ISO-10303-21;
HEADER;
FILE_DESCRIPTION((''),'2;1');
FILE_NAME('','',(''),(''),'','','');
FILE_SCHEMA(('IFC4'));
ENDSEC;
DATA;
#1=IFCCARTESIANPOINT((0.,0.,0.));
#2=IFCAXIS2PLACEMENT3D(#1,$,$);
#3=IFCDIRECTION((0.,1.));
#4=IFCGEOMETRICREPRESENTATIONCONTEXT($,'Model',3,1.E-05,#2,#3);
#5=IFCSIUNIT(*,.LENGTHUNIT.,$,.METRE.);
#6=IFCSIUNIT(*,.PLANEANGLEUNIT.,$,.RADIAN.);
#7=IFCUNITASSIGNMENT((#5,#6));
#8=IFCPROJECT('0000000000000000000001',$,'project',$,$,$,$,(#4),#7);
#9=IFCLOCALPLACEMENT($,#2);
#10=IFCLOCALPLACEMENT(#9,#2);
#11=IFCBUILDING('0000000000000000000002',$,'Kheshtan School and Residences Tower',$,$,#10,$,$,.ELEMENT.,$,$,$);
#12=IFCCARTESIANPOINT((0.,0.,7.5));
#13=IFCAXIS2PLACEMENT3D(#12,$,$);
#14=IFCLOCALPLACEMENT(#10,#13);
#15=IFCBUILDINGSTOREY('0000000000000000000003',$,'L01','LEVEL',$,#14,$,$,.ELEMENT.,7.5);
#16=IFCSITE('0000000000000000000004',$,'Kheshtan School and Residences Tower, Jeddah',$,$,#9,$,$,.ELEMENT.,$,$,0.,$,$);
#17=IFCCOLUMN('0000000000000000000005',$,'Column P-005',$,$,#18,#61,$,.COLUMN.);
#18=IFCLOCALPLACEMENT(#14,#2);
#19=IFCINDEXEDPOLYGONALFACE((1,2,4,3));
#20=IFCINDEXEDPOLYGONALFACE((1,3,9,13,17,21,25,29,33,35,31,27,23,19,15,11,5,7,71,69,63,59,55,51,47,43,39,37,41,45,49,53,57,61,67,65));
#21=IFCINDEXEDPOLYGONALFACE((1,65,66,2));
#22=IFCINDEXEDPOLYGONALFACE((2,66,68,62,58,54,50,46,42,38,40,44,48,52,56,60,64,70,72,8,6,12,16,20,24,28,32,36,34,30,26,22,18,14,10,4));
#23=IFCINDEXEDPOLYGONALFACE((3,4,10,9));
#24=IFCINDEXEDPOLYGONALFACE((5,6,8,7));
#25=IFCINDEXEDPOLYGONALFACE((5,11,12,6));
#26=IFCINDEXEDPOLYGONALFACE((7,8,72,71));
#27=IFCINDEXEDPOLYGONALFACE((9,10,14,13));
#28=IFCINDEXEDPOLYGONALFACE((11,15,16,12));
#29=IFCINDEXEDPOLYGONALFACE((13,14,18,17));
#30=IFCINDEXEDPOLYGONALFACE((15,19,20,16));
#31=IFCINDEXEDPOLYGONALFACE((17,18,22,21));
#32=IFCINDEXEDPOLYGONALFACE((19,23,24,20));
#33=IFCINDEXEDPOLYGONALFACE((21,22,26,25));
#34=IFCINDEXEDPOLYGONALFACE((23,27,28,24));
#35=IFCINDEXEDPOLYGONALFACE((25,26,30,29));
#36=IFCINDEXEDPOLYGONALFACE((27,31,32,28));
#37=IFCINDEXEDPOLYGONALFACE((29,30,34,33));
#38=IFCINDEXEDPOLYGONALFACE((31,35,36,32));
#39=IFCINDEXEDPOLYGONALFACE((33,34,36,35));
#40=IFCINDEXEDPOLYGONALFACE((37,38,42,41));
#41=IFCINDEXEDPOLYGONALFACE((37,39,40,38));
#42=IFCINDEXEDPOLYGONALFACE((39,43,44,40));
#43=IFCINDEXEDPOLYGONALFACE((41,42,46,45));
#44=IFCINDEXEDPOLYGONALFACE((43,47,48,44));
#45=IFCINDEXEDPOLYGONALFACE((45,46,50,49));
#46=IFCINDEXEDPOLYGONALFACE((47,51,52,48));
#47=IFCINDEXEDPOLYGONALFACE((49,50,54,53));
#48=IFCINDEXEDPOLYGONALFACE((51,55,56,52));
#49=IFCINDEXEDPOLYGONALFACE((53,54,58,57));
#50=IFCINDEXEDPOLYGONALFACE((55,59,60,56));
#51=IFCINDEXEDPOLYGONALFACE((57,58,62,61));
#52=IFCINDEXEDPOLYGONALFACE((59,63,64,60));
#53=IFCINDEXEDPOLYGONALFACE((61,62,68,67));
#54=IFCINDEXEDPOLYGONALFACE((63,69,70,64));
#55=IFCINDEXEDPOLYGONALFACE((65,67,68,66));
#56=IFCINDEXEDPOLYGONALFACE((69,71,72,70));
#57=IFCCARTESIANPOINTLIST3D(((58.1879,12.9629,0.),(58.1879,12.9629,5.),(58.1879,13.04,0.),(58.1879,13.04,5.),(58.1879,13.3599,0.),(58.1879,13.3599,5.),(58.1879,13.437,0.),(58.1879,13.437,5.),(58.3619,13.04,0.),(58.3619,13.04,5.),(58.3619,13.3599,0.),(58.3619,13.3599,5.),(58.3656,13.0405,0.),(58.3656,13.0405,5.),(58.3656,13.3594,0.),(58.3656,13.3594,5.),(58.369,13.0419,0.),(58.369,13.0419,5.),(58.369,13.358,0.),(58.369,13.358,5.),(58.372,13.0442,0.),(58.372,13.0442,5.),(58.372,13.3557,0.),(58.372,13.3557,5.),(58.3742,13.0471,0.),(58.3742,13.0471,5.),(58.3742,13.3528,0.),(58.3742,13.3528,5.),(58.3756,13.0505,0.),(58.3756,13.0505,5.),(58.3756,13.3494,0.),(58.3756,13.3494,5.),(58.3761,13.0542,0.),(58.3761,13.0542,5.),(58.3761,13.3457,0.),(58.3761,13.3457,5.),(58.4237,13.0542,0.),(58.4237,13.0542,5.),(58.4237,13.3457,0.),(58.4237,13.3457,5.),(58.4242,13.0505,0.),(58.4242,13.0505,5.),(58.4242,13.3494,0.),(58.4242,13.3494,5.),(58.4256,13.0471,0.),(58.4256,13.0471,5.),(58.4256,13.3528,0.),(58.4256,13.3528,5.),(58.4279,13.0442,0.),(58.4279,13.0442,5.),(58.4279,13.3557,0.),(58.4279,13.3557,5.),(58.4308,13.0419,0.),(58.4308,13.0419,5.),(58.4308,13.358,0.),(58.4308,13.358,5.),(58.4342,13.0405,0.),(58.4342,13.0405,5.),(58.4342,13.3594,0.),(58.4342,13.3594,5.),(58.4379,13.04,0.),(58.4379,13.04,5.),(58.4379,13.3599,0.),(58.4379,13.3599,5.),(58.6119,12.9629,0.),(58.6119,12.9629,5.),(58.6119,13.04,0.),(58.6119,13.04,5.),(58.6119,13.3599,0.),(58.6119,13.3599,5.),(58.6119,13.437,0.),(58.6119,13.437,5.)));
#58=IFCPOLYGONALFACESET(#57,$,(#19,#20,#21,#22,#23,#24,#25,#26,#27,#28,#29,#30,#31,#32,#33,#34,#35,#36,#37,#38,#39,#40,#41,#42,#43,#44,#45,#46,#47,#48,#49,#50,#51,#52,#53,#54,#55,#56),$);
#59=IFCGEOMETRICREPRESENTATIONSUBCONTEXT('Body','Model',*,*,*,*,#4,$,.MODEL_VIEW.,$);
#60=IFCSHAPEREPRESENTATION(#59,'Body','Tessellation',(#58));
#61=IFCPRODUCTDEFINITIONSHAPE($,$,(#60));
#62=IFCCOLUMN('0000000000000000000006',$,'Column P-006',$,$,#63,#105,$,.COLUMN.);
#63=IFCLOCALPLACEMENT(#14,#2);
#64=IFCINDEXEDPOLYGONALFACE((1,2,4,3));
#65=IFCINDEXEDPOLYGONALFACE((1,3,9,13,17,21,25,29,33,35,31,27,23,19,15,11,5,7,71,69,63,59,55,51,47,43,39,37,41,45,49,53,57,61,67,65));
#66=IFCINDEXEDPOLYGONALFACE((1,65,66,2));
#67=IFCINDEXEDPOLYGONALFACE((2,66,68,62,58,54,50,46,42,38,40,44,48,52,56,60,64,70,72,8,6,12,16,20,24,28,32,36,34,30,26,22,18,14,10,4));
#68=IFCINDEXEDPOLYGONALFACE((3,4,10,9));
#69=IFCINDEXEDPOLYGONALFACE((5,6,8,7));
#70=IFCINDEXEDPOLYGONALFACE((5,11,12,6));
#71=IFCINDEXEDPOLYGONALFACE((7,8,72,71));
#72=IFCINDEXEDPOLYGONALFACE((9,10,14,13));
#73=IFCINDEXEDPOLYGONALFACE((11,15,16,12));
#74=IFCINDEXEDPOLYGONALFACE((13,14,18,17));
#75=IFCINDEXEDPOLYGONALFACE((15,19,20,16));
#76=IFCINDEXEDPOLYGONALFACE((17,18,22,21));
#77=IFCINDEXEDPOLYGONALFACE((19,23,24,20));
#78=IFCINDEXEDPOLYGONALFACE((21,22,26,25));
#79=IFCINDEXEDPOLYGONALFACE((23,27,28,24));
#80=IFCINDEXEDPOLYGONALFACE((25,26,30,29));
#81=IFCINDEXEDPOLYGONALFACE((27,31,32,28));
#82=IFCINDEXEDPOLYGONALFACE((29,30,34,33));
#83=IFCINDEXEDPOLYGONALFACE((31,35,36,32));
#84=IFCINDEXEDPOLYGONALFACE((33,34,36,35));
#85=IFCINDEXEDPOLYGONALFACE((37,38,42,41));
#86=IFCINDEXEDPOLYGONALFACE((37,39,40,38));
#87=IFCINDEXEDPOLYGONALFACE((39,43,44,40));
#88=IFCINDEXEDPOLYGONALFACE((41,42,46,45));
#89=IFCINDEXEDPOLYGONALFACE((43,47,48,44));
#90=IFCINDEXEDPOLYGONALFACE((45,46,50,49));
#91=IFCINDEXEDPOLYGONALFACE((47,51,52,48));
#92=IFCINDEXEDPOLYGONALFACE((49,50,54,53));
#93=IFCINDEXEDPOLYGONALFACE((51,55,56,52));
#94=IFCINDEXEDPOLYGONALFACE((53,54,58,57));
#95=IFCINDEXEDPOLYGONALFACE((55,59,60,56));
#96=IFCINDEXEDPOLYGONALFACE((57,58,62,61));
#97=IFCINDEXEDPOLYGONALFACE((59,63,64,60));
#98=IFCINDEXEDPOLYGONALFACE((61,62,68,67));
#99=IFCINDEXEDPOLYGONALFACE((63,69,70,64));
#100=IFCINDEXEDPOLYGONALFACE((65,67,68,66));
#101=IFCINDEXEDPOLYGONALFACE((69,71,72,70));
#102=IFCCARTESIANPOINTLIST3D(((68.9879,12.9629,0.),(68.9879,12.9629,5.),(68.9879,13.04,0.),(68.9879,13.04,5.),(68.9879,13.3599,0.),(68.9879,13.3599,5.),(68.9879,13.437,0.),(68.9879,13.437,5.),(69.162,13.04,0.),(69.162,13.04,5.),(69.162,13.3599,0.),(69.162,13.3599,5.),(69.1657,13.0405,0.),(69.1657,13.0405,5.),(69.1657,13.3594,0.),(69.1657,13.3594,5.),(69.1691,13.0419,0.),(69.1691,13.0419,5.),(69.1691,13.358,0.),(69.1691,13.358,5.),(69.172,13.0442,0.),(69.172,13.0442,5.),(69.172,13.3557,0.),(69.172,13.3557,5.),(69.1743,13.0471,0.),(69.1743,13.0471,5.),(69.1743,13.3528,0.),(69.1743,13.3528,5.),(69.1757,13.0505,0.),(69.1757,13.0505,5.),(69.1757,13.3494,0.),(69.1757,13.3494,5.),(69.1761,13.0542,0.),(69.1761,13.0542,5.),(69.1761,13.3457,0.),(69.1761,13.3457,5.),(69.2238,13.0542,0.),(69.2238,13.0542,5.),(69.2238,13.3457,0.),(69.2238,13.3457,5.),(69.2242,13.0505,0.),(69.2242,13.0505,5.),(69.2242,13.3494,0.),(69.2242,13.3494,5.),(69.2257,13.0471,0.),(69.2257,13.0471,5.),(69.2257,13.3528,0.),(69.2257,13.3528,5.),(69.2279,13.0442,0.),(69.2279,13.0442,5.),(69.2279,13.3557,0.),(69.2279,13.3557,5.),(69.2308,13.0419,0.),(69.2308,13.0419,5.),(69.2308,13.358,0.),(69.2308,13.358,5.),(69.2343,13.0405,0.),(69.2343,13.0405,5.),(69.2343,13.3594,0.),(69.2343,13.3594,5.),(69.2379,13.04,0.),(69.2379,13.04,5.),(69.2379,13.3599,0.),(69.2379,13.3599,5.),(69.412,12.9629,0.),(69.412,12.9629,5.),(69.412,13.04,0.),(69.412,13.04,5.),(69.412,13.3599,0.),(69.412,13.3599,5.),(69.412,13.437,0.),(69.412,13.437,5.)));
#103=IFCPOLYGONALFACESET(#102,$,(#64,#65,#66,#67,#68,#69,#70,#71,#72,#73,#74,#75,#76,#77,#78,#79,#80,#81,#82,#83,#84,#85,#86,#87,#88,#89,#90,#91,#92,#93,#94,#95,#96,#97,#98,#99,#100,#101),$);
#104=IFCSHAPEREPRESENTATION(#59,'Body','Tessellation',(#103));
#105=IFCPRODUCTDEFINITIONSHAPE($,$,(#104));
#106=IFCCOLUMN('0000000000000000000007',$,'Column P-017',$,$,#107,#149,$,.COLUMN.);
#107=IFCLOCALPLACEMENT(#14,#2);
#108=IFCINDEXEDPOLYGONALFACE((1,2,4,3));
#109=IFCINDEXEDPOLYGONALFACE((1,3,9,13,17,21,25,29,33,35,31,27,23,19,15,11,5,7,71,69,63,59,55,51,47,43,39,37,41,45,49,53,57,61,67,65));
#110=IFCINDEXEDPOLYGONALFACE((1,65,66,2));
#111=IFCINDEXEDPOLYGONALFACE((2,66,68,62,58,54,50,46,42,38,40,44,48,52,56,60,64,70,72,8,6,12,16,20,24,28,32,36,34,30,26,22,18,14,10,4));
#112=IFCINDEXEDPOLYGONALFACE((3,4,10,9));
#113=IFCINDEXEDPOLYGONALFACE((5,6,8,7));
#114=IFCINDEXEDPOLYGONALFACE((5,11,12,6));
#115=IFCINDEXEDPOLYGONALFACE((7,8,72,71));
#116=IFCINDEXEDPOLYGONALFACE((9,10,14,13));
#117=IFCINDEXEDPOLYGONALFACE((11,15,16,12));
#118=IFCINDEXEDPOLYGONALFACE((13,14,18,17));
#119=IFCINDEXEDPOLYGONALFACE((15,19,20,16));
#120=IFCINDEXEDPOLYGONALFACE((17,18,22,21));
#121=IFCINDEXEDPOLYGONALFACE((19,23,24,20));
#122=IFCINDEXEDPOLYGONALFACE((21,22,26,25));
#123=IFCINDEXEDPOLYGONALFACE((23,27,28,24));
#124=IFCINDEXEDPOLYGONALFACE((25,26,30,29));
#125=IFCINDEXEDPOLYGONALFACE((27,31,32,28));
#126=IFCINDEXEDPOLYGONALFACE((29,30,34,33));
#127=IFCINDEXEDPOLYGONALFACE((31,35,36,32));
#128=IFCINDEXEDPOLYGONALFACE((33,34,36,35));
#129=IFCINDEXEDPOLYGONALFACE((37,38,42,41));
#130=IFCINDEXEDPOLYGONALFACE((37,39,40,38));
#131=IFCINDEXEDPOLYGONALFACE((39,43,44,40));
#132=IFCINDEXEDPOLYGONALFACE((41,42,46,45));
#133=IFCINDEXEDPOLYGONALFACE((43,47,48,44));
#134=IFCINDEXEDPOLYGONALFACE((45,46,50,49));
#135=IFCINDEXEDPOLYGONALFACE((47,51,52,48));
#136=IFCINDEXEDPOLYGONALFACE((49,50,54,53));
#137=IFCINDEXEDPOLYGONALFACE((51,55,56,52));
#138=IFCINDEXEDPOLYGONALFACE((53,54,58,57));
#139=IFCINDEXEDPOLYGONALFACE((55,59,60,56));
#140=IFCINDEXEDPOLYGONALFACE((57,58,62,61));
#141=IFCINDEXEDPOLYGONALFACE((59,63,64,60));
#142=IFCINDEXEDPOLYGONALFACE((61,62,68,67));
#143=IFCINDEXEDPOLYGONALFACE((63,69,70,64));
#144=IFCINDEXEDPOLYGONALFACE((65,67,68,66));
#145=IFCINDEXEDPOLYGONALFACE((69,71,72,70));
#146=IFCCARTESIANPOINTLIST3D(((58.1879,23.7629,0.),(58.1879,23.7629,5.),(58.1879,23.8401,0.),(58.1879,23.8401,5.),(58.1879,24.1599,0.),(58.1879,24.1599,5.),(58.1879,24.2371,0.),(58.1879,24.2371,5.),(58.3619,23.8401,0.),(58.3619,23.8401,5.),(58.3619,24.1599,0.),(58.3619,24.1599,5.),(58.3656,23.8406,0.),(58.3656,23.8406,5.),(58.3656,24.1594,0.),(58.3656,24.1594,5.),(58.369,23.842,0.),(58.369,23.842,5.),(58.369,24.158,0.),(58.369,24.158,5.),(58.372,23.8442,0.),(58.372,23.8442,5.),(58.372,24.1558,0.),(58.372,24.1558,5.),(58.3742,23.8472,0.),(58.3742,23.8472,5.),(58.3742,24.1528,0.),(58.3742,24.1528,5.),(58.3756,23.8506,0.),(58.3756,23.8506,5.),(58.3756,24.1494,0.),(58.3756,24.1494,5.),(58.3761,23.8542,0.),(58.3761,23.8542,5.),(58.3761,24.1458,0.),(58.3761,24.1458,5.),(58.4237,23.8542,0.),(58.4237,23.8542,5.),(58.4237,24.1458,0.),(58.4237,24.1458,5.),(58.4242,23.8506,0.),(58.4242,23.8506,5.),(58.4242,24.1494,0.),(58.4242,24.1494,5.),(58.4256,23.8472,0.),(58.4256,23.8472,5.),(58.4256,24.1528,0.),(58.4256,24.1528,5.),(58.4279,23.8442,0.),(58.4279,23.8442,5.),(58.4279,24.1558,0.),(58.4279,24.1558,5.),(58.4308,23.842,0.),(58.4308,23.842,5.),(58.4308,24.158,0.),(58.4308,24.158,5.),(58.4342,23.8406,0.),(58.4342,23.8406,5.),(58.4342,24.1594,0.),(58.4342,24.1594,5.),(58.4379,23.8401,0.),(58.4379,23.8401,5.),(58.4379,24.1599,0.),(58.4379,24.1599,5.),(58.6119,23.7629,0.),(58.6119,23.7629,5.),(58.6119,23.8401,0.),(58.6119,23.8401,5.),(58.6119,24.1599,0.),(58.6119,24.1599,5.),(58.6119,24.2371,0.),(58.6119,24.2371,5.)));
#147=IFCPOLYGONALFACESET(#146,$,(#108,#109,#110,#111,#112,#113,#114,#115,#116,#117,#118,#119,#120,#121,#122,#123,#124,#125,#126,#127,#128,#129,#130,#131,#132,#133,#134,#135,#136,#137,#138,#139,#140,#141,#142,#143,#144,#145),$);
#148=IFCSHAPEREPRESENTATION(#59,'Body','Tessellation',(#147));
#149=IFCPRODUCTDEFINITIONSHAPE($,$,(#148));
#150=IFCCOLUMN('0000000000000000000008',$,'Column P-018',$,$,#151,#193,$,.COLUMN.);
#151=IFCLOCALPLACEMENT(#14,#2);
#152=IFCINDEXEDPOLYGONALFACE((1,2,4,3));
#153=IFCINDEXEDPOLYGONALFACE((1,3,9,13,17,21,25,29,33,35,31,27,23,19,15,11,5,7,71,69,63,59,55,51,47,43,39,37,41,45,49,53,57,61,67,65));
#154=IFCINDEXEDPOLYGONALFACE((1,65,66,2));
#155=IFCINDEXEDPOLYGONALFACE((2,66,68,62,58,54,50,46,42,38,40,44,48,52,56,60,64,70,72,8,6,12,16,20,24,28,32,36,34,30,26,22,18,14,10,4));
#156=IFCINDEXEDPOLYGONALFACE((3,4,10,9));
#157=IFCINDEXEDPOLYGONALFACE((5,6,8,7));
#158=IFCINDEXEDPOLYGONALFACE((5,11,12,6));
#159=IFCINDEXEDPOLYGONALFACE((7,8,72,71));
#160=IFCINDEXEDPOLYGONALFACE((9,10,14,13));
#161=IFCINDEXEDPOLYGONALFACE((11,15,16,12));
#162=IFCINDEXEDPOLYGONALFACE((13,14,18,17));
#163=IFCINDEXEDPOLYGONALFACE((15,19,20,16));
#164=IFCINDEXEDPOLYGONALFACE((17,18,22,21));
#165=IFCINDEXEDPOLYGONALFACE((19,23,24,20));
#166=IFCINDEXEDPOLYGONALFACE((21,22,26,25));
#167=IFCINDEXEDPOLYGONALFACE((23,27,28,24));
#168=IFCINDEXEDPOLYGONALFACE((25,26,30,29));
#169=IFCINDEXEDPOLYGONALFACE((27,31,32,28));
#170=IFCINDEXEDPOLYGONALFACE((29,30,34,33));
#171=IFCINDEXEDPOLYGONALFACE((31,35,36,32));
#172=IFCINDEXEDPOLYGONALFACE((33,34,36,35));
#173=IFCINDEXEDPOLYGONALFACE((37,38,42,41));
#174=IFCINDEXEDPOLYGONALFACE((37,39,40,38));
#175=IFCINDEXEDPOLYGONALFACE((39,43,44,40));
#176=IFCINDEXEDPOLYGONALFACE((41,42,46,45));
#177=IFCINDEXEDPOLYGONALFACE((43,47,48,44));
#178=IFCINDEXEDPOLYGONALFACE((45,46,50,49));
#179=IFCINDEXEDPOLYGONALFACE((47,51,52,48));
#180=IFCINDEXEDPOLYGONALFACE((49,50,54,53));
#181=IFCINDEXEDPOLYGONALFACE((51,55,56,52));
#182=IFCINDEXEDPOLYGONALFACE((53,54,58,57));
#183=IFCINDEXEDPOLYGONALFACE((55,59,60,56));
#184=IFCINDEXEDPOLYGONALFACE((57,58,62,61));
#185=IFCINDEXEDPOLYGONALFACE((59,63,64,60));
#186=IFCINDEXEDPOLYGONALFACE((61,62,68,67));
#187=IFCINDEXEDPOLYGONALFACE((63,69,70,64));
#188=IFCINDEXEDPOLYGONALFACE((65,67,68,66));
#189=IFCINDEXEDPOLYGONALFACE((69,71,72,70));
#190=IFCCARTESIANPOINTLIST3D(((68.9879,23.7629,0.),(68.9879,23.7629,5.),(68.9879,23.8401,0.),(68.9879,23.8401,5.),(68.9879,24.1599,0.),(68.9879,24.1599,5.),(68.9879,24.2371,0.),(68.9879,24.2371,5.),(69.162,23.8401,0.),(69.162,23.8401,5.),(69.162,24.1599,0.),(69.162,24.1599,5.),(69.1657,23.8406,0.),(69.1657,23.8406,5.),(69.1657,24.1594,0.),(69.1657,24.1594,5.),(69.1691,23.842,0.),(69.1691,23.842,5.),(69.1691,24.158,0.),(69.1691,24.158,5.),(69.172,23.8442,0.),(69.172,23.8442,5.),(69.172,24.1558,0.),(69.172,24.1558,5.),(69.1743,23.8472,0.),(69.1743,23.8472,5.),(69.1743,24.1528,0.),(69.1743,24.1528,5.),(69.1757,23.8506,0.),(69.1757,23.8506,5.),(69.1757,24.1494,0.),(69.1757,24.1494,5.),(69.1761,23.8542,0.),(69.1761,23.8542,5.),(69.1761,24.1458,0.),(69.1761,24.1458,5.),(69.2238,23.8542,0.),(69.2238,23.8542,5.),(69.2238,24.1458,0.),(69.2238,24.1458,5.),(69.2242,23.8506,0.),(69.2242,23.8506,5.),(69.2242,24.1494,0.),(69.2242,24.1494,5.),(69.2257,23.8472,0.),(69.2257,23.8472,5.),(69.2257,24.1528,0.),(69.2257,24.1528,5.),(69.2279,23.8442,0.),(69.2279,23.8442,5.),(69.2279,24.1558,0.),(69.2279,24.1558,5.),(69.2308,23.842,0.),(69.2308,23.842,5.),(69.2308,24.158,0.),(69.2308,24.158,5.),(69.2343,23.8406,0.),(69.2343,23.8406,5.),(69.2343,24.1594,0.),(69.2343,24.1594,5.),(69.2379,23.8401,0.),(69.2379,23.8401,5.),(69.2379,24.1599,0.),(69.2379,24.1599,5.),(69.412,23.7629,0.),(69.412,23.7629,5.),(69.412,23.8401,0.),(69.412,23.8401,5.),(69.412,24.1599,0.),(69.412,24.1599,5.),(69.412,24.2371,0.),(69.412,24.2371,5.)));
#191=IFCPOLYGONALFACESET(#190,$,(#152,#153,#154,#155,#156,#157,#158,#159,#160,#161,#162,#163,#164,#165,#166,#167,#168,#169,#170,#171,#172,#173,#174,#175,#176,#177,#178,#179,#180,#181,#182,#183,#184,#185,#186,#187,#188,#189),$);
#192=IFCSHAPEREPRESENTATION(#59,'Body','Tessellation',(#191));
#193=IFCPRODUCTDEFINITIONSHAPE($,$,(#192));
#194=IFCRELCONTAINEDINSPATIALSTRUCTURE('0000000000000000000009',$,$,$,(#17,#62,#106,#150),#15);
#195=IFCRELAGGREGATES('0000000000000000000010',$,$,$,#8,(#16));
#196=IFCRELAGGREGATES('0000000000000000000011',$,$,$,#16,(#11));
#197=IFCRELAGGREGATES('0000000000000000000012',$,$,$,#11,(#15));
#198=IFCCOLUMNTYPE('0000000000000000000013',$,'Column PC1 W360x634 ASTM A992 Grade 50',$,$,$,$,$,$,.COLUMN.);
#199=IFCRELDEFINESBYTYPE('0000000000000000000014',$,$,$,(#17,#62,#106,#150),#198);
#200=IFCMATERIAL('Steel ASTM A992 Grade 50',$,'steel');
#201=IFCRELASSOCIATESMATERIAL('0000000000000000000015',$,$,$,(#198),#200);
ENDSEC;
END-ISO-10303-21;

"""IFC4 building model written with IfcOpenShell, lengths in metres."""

from ifc_helpers import new_model, si_unit, direction, frame, origin, origin_2d, place, context, subcontext, project, spatial, i_section, extrude, material, material_profile, profile_set, type_object, element, save


model = new_model("IFC4")

# Units and contexts
model_context = context("Model", 3, precision=1e-05, world=origin(), true_north=direction((0.0, 1.0)))
body_context = subcontext(model_context, "Body", "Model", "MODEL_VIEW")
ifc_project = project(units=[si_unit("LENGTHUNIT", "METRE"), si_unit("PLANEANGLEUNIT", "RADIAN")], contexts=[model_context])

# Site, building, storey
site_placement = place(None, origin())
site = spatial("IfcSite", under=ifc_project, at=site_placement, Name="Kheshtan School and Residences Tower, Jeddah", CompositionType="ELEMENT", RefElevation=0.0)
building_placement = place(site_placement, origin())
building = spatial("IfcBuilding", under=site, at=building_placement, Name="Kheshtan School and Residences Tower", CompositionType="ELEMENT")
storey_placement = place(building_placement, frame((0.0, 0.0, 7.5)))
storey = spatial("IfcBuildingStorey", under=building, at=storey_placement, Name="L01", Description="LEVEL", CompositionType="ELEMENT", Elevation=7.5)

# Columns
ifc_material_1 = material(Name="Steel ASTM A992 Grade 50", Category="steel")
ifc_material_profile_1 = material_profile(ifc_material_1, i_section(OverallWidth=0.4241, OverallDepth=0.4741, WebThickness=0.0476, FlangeThickness=0.0771, FilletRadius=0.0142, at=origin_2d()), Name="W360x634")
ifc_profile_set_1 = profile_set([ifc_material_profile_1], Name="Steel ASTM A992 Grade 50")
column_type = type_object("IfcColumnType", Name="Column PC1 W360x634 ASTM A992 Grade 50", PredefinedType="COLUMN", material=ifc_profile_set_1)
for number, where, z_axis, x_axis, name in (
    (1, (58.3999, 13.2, 0.0), (0.0, 0.0, 1.0), (1.0, 0.0, 0.0), "Column P-005"),
    (2, (69.2, 13.2, 0.0), (0.0, 0.0, 1.0), (1.0, 0.0, 0.0), "Column P-006"),
    (3, (58.3999, 24.0, 0.0), (0.0, 0.0, 1.0), (1.0, 0.0, 0.0), "Column P-017"),
    (4, (69.2, 24.0, 0.0), (0.0, 0.0, 1.0), (1.0, 0.0, 0.0), "Column P-018"),
):
    element("IfcColumn", number, at=place(storey_placement, frame(where, z_axis=z_axis, x_axis=x_axis)), inside=storey, type_object=column_type, Name=name, PredefinedType="COLUMN", context=body_context, shape_type="SweptSolid", body=[
        extrude(i_section(OverallWidth=0.4241, OverallDepth=0.4741, WebThickness=0.0476, FlangeThickness=0.0771, FilletRadius=0.0142, at=origin_2d()), origin(), (0.0, 0.0, 1.0), 5.0),
    ])

save(model, "model.ifc")
